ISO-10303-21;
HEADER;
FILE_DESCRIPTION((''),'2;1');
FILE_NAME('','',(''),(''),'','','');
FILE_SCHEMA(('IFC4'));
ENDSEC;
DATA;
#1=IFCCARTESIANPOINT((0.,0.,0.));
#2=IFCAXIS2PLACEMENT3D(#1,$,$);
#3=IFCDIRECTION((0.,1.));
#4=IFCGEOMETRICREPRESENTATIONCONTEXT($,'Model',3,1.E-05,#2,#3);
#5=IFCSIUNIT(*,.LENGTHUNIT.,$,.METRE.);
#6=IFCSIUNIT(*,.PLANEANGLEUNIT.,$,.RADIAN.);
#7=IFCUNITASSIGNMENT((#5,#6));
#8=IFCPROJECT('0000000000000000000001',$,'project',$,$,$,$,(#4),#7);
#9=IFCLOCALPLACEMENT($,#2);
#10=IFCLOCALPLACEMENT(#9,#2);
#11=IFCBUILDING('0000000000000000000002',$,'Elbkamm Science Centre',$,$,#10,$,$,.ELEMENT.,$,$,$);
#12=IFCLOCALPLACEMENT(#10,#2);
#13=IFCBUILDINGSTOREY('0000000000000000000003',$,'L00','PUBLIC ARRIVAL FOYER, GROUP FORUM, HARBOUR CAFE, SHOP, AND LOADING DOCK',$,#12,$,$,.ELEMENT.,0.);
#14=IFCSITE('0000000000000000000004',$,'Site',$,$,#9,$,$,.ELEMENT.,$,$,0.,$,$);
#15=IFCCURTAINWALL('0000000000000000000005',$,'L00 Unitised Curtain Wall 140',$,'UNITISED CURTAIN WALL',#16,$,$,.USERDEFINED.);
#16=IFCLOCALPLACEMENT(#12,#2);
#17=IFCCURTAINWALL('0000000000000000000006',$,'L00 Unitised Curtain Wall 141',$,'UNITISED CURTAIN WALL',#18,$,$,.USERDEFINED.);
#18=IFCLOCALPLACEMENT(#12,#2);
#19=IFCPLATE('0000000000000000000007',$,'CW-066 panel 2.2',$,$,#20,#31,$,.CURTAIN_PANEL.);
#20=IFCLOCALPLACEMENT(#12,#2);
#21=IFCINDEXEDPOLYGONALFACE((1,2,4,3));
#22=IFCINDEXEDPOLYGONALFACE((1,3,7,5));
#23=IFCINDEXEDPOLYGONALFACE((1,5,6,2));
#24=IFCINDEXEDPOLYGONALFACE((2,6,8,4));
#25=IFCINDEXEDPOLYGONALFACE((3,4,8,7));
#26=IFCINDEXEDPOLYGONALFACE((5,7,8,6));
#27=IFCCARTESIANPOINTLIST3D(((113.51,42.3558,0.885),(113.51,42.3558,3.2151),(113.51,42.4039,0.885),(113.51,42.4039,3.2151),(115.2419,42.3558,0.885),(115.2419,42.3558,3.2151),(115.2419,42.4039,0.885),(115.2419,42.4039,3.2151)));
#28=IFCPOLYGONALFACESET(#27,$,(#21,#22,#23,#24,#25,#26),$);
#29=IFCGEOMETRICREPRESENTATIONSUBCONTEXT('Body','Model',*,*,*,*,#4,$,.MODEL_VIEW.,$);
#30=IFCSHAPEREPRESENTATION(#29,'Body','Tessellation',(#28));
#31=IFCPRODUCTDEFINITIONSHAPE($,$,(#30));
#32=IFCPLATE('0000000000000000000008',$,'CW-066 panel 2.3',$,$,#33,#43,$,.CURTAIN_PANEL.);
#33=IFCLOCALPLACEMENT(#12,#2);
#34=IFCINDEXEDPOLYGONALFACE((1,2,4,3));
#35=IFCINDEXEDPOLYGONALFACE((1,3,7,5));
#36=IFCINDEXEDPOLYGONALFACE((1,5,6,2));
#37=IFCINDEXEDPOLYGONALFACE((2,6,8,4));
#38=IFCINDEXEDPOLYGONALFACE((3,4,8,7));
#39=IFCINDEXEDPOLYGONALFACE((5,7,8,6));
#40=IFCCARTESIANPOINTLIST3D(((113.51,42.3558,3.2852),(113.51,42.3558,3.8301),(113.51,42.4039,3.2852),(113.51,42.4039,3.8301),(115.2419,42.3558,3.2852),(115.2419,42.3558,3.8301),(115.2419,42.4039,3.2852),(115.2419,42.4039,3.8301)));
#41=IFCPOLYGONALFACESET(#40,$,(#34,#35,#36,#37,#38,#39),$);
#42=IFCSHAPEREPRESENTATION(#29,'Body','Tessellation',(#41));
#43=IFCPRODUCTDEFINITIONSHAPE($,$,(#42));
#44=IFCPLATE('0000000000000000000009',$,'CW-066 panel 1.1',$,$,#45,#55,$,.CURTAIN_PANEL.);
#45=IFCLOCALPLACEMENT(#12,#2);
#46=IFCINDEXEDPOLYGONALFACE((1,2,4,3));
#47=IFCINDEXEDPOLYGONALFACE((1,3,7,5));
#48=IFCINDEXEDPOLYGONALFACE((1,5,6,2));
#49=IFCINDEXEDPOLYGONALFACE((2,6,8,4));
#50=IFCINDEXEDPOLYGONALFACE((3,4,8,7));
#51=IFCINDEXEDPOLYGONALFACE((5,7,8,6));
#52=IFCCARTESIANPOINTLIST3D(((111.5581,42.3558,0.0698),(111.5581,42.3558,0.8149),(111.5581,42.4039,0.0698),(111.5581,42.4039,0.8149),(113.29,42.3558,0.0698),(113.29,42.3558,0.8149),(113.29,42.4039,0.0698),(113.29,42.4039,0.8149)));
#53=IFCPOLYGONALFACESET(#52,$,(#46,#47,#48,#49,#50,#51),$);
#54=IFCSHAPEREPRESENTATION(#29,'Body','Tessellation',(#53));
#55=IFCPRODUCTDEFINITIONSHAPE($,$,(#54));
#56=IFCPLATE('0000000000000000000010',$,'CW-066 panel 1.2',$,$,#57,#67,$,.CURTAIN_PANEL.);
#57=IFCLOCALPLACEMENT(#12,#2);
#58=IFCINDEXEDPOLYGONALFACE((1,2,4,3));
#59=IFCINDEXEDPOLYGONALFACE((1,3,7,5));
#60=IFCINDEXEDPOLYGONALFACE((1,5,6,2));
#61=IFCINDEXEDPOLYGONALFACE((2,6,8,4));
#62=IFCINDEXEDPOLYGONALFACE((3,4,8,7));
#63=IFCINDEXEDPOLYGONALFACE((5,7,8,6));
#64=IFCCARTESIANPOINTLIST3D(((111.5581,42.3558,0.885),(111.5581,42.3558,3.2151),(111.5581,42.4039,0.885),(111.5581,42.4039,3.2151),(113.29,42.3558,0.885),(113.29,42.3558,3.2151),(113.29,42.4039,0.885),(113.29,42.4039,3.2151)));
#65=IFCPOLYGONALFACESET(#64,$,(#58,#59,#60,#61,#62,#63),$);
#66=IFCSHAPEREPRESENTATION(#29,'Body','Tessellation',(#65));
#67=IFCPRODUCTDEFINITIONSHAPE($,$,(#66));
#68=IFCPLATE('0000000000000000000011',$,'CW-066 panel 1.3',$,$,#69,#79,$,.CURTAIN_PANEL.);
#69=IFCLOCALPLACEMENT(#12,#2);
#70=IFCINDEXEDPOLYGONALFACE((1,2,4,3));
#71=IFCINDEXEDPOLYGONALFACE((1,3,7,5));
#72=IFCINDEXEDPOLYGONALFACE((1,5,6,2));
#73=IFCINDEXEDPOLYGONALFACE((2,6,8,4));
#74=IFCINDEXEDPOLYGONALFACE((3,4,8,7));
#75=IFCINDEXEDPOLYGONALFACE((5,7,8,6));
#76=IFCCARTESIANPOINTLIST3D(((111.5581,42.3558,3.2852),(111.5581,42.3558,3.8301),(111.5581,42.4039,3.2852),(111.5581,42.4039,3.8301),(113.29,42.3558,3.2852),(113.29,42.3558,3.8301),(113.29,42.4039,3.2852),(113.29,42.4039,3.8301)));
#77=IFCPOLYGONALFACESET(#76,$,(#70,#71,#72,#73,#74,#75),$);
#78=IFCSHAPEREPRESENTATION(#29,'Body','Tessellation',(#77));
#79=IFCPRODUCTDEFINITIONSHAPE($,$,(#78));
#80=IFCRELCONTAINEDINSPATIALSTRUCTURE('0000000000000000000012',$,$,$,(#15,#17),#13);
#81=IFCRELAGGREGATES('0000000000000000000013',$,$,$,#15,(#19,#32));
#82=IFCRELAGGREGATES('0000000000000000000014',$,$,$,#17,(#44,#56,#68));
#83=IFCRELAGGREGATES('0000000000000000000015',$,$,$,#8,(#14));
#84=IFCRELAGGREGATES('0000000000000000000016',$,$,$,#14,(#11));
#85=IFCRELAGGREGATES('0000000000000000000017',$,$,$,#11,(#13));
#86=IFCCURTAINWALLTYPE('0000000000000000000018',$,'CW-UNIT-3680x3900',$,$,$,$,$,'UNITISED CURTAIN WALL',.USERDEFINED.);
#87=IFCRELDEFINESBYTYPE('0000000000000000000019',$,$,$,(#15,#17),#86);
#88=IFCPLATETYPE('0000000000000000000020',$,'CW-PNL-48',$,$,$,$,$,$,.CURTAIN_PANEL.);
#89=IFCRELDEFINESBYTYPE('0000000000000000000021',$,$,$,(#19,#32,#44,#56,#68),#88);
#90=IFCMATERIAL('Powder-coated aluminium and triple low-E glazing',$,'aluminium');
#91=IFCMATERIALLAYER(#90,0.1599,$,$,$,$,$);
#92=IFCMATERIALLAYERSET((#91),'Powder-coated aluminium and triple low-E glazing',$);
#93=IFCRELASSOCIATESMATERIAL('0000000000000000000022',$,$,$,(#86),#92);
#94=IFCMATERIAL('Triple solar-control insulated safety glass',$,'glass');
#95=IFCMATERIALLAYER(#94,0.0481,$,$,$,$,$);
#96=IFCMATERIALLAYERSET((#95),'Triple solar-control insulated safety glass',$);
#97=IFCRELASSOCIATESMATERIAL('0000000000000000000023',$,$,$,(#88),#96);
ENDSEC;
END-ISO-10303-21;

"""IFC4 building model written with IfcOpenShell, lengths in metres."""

from ifc_helpers import new_model, si_unit, direction, frame, origin, origin_2d, place, context, subcontext, project, spatial, rectangle, extrude, material, layer, layer_set, type_object, element, aggregate, save


model = new_model("IFC4")

# Units and contexts
model_context = context("Model", 3, precision=1e-05, world=origin(), true_north=direction((0.0, 1.0)))
body_context = subcontext(model_context, "Body", "Model", "MODEL_VIEW")
ifc_project = project(units=[si_unit("LENGTHUNIT", "METRE"), si_unit("PLANEANGLEUNIT", "RADIAN")], contexts=[model_context])

# Site, building, storey
site_placement = place(None, origin())
site = spatial("IfcSite", under=ifc_project, at=site_placement, Name="Site", CompositionType="ELEMENT", RefElevation=0.0)
building_placement = place(site_placement, origin())
building = spatial("IfcBuilding", under=site, at=building_placement, Name="Elbkamm Science Centre", CompositionType="ELEMENT")
storey_placement = place(building_placement, origin())
storey = spatial("IfcBuildingStorey", under=building, at=storey_placement, Name="L00", Description="PUBLIC ARRIVAL FOYER, GROUP FORUM, HARBOUR CAFE, SHOP, AND LOADING DOCK", CompositionType="ELEMENT", Elevation=0.0)

# Shared definitions
ifc_material_1 = material(Name="Powder-coated aluminium and triple low-E glazing", Category="aluminium")
ifc_layer_1 = layer(ifc_material_1, 0.1599)
ifc_layer_set_1 = layer_set([ifc_layer_1], Name="Powder-coated aluminium and triple low-E glazing")
curtain_wall_type = type_object("IfcCurtainWallType", Name="CW-UNIT-3680x3900", ElementType="UNITISED CURTAIN WALL", PredefinedType="USERDEFINED", material=ifc_layer_set_1)

# Curtain walls
curtain_wall_1_placement = place(storey_placement, origin())
curtain_wall_1 = element("IfcCurtainWall", 1, at=curtain_wall_1_placement, inside=storey, type_object=curtain_wall_type, Name="L00 Unitised Curtain Wall 140", ObjectType="UNITISED CURTAIN WALL", PredefinedType="USERDEFINED")
curtain_wall_2_placement = place(storey_placement, origin())
curtain_wall_2 = element("IfcCurtainWall", 2, at=curtain_wall_2_placement, inside=storey, type_object=curtain_wall_type, Name="L00 Unitised Curtain Wall 141", ObjectType="UNITISED CURTAIN WALL", PredefinedType="USERDEFINED")

# Plates
ifc_material_2 = material(Name="Triple solar-control insulated safety glass", Category="glass")
ifc_layer_2 = layer(ifc_material_2, 0.0481)
ifc_layer_set_2 = layer_set([ifc_layer_2], Name="Triple solar-control insulated safety glass")
plate_type = type_object("IfcPlateType", Name="CW-PNL-48", PredefinedType="CURTAIN_PANEL", material=ifc_layer_set_2)
plate_1_placement = place(storey_placement, frame((114.376, 42.3799, 0.885), z_axis=(0.0, 0.0, 1.0), x_axis=(-1.0, 0.0, 0.0)))
plate_1 = element("IfcPlate", 3, at=plate_1_placement, type_object=plate_type, Name="CW-066 panel 2.2", PredefinedType="CURTAIN_PANEL", context=body_context, shape_type="SweptSolid", body=[
    extrude(rectangle(XDim=1.7319, YDim=0.0481, at=origin_2d()), origin(), (0.0, 0.0, 1.0), 2.3301),
])
plate_2_placement = place(storey_placement, frame((114.376, 42.3799, 3.2852), z_axis=(0.0, 0.0, 1.0), x_axis=(-1.0, 0.0, 0.0)))
plate_2 = element("IfcPlate", 4, at=plate_2_placement, type_object=plate_type, Name="CW-066 panel 2.3", PredefinedType="CURTAIN_PANEL", context=body_context, shape_type="SweptSolid", body=[
    extrude(rectangle(XDim=1.7319, YDim=0.0481, at=origin_2d()), origin(), (0.0, 0.0, 1.0), 0.5449),
])
aggregate(curtain_wall_1, [plate_1, plate_2])
plate_3_placement = place(storey_placement, frame((112.4241, 42.3799, 0.0698), z_axis=(0.0, 0.0, 1.0), x_axis=(-1.0, 0.0, 0.0)))
plate_3 = element("IfcPlate", 5, at=plate_3_placement, type_object=plate_type, Name="CW-066 panel 1.1", PredefinedType="CURTAIN_PANEL", context=body_context, shape_type="SweptSolid", body=[
    extrude(rectangle(XDim=1.7319, YDim=0.0481, at=origin_2d()), origin(), (0.0, 0.0, 1.0), 0.7451),
])
plate_4_placement = place(storey_placement, frame((112.4241, 42.3799, 0.885), z_axis=(0.0, 0.0, 1.0), x_axis=(-1.0, 0.0, 0.0)))
plate_4 = element("IfcPlate", 6, at=plate_4_placement, type_object=plate_type, Name="CW-066 panel 1.2", PredefinedType="CURTAIN_PANEL", context=body_context, shape_type="SweptSolid", body=[
    extrude(rectangle(XDim=1.7319, YDim=0.0481, at=origin_2d()), origin(), (0.0, 0.0, 1.0), 2.3301),
])
plate_5_placement = place(storey_placement, frame((112.4241, 42.3799, 3.2852), z_axis=(0.0, 0.0, 1.0), x_axis=(-1.0, 0.0, 0.0)))
plate_5 = element("IfcPlate", 7, at=plate_5_placement, type_object=plate_type, Name="CW-066 panel 1.3", PredefinedType="CURTAIN_PANEL", context=body_context, shape_type="SweptSolid", body=[
    extrude(rectangle(XDim=1.7319, YDim=0.0481, at=origin_2d()), origin(), (0.0, 0.0, 1.0), 0.5449),
])
aggregate(curtain_wall_2, [plate_3, plate_4, plate_5])

save(model, "model.ifc")
